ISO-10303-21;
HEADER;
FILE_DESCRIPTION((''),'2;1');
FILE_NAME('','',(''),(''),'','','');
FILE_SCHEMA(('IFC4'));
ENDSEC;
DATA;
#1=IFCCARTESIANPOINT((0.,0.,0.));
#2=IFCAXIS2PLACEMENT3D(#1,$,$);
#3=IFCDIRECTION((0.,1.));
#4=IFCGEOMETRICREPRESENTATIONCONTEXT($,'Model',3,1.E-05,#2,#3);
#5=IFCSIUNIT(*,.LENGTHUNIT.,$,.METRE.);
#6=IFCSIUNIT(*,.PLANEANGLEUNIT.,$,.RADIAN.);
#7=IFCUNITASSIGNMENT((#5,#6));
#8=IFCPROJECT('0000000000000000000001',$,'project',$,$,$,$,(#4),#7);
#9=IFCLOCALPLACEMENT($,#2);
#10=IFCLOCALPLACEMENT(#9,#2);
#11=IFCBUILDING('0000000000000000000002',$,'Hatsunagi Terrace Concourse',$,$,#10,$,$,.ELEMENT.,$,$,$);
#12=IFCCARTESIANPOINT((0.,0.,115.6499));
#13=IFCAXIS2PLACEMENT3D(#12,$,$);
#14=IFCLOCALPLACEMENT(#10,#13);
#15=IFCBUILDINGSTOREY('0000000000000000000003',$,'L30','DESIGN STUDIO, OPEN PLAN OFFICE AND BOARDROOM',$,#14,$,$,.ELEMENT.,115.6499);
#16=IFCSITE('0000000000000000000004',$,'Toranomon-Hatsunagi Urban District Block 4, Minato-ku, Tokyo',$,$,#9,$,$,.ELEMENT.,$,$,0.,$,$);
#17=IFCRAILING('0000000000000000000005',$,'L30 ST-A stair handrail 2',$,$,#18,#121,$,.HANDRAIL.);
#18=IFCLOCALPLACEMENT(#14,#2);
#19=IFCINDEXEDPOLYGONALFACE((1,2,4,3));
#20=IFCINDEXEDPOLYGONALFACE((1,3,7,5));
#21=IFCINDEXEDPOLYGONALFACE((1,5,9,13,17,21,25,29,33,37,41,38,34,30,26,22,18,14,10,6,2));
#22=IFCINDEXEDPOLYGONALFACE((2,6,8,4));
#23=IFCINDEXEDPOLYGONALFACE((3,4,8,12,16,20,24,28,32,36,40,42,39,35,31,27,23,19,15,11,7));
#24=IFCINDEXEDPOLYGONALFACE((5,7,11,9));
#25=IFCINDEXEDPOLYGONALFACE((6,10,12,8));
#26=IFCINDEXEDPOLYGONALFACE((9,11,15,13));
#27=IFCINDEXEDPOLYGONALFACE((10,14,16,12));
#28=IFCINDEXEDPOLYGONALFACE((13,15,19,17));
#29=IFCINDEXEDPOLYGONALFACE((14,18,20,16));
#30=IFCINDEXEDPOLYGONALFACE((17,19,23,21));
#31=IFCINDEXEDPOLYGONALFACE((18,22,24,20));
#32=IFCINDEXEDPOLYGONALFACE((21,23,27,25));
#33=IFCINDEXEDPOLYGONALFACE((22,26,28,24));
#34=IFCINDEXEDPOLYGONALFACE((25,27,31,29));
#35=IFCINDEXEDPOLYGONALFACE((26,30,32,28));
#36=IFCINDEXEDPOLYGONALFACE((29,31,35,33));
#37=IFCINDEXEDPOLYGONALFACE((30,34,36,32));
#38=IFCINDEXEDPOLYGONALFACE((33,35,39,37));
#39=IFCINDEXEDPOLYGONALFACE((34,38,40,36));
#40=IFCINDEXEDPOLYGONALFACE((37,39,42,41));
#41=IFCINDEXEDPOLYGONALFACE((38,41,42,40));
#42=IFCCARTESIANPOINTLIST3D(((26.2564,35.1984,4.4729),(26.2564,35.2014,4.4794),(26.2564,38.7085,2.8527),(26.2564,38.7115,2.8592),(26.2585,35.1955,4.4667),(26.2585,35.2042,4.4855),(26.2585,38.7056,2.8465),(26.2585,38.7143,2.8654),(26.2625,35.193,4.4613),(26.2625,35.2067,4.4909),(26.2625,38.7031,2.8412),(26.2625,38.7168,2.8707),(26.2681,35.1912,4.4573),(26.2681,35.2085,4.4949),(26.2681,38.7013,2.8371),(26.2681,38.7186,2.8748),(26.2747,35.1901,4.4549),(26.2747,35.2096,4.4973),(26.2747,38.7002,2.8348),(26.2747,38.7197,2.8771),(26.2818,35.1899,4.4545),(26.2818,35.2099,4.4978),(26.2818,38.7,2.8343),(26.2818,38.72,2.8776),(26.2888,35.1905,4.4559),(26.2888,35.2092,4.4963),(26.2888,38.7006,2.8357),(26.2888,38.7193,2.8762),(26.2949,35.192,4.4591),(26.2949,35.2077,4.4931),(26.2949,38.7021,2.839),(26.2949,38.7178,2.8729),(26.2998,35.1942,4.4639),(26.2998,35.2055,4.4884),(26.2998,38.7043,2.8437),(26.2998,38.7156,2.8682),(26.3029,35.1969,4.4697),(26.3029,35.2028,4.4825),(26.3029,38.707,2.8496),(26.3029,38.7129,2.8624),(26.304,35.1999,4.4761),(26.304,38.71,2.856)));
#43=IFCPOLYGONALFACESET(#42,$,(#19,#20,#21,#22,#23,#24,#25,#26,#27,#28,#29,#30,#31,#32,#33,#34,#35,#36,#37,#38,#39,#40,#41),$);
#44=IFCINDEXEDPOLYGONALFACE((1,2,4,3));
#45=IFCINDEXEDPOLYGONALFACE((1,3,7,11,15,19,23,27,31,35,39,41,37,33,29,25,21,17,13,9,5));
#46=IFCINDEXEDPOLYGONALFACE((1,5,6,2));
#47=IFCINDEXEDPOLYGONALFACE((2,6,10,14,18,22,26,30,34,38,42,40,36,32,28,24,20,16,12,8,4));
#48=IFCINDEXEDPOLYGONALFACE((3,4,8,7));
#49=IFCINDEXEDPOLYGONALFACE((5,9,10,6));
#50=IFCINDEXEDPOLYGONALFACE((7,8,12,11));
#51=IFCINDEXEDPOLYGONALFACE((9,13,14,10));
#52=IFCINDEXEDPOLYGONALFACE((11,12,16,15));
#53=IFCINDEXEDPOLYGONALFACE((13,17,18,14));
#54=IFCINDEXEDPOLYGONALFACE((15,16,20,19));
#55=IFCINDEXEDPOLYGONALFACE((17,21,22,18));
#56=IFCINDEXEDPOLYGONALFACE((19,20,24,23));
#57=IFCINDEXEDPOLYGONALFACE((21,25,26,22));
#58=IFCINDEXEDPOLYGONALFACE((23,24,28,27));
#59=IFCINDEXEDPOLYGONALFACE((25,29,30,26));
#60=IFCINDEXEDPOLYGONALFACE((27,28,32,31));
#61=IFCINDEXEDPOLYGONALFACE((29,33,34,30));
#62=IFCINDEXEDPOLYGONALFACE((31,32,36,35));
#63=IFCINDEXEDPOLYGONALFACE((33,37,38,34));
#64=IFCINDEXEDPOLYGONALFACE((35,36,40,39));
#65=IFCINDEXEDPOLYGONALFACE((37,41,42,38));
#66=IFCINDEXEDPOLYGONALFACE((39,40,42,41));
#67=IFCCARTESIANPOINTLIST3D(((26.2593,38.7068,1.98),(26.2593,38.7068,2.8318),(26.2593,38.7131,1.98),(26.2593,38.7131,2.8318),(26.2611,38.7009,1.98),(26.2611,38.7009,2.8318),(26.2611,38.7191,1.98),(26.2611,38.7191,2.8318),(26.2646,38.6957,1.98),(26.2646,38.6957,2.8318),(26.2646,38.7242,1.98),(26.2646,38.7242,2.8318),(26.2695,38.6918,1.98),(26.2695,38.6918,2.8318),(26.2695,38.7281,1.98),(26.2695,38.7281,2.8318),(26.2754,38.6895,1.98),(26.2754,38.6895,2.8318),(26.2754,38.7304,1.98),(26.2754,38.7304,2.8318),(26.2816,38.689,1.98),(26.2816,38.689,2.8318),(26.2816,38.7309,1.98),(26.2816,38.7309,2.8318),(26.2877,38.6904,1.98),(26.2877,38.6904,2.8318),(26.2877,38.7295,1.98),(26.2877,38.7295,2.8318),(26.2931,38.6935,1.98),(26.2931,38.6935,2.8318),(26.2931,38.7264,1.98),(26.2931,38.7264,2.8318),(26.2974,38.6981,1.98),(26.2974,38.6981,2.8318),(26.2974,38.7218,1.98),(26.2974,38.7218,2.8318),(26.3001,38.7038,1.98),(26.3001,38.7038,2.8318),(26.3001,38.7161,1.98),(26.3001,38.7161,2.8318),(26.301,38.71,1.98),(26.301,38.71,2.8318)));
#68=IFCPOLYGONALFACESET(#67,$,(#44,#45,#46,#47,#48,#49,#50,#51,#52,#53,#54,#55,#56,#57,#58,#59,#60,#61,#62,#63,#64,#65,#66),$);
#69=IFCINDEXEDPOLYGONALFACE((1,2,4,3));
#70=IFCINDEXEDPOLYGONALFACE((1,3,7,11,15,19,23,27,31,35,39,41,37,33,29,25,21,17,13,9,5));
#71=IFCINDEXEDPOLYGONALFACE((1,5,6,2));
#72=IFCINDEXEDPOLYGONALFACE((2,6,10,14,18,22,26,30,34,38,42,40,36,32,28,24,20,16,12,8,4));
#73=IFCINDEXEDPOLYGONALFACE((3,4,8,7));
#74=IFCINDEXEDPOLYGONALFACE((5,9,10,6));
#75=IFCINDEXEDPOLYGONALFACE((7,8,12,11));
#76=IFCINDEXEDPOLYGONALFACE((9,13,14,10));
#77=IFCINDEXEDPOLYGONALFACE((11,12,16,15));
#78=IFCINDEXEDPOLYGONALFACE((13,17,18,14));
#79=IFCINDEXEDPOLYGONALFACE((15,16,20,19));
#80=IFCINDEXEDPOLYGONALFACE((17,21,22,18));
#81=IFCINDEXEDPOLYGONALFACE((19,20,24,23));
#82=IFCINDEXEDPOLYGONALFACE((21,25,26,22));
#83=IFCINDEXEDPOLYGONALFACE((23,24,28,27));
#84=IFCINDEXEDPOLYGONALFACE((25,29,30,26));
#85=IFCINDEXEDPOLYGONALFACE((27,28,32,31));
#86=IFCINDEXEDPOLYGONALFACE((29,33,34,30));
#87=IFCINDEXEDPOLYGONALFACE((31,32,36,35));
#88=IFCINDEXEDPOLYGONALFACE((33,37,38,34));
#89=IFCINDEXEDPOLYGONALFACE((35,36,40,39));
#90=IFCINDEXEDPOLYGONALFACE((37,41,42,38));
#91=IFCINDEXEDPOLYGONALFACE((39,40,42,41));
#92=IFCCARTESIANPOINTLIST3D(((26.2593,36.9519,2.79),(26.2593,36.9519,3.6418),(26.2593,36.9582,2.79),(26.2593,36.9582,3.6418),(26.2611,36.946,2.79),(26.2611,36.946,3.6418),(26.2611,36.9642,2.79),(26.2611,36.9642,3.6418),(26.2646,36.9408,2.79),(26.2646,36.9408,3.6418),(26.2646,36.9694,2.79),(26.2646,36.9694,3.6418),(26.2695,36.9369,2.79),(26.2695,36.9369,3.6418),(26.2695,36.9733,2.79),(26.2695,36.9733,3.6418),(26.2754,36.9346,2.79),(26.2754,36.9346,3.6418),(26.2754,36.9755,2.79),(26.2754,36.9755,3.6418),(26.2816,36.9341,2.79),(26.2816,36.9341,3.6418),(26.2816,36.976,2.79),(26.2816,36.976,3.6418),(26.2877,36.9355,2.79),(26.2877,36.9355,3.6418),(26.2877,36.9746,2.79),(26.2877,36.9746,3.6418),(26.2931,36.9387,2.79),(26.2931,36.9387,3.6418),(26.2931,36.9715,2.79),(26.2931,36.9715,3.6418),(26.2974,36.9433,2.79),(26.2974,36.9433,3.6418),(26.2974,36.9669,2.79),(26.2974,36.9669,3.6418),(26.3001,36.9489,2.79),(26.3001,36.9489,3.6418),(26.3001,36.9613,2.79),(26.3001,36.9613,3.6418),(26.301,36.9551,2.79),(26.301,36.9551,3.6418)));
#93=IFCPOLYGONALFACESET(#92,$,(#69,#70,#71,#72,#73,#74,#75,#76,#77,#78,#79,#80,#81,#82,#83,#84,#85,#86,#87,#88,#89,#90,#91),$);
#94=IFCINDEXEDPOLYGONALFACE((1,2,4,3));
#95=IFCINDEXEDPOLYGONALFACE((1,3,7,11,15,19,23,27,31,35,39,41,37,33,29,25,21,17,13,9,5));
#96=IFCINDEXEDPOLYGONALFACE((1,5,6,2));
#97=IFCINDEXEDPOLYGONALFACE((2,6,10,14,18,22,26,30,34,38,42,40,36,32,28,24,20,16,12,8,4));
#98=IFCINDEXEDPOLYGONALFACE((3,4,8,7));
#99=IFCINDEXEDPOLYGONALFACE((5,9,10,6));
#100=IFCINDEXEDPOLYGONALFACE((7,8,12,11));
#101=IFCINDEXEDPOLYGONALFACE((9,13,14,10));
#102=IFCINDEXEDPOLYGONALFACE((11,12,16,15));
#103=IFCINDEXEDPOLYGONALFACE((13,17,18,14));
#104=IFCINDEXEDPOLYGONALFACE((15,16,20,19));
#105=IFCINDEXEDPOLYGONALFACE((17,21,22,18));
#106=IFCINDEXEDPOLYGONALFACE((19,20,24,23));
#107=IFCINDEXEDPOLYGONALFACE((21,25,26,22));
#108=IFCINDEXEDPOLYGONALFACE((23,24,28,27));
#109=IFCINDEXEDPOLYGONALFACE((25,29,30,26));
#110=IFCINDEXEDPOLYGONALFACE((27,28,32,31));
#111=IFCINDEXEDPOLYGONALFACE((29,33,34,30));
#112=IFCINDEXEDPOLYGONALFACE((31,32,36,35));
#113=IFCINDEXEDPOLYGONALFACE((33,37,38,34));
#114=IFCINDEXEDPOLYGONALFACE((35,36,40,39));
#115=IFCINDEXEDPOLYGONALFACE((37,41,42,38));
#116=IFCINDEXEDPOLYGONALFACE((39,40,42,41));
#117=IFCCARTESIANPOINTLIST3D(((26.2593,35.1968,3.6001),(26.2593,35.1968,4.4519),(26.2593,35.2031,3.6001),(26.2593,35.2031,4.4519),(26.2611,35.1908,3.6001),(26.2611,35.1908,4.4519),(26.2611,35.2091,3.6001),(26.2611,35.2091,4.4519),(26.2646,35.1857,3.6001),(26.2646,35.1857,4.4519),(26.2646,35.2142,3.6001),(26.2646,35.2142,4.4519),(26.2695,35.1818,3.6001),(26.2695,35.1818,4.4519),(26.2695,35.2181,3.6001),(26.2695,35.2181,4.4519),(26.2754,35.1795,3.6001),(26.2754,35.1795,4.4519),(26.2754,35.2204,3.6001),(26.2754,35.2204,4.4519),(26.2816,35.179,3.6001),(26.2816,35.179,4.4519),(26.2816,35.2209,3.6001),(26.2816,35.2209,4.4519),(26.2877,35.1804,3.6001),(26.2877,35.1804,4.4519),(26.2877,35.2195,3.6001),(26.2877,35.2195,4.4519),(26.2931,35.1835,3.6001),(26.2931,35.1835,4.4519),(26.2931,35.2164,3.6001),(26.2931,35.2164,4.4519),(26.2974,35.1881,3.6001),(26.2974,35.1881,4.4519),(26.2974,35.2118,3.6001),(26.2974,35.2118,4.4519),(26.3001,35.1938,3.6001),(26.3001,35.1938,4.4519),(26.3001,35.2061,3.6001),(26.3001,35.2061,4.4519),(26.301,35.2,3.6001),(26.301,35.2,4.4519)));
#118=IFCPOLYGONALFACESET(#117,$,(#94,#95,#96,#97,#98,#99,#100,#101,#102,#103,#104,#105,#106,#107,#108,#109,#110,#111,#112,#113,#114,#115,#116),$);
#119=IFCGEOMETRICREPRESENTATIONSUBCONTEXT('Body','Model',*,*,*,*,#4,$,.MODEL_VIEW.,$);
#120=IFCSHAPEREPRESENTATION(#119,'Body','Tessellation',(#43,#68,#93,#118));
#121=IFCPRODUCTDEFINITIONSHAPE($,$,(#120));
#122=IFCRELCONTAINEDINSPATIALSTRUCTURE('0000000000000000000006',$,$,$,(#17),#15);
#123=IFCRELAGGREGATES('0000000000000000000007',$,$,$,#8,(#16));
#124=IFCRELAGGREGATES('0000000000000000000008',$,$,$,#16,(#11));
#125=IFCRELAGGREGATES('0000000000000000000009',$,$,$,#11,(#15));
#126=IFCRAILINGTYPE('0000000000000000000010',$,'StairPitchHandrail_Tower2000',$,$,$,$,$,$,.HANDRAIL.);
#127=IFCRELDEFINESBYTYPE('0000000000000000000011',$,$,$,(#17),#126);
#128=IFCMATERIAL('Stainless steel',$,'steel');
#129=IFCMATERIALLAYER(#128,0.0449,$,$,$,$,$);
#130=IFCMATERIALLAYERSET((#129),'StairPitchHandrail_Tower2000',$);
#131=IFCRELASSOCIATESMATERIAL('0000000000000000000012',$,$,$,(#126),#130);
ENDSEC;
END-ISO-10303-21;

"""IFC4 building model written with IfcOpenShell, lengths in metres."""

from ifc_helpers import new_model, si_unit, direction, frame, origin, origin_2d, place, context, subcontext, project, spatial, circle, extrude, material, layer, layer_set, type_object, element, save


model = new_model("IFC4")

# Units and contexts
model_context = context("Model", 3, precision=1e-05, world=origin(), true_north=direction((0.0, 1.0)))
body_context = subcontext(model_context, "Body", "Model", "MODEL_VIEW")
ifc_project = project(units=[si_unit("LENGTHUNIT", "METRE"), si_unit("PLANEANGLEUNIT", "RADIAN")], contexts=[model_context])

# Site, building, storey
site_placement = place(None, origin())
site = spatial("IfcSite", under=ifc_project, at=site_placement, Name="Toranomon-Hatsunagi Urban District Block 4, Minato-ku, Tokyo", CompositionType="ELEMENT", RefElevation=0.0)
building_placement = place(site_placement, origin())
building = spatial("IfcBuilding", under=site, at=building_placement, Name="Hatsunagi Terrace Concourse", CompositionType="ELEMENT")
storey_placement = place(building_placement, frame((0.0, 0.0, 115.6499)))
storey = spatial("IfcBuildingStorey", under=building, at=storey_placement, Name="L30", Description="DESIGN STUDIO, OPEN PLAN OFFICE AND BOARDROOM", CompositionType="ELEMENT", Elevation=115.6499)

# Railing
ifc_material_1 = material(Name="Stainless steel", Category="steel")
ifc_layer_1 = layer(ifc_material_1, 0.0449)
ifc_layer_set_1 = layer_set([ifc_layer_1], Name="StairPitchHandrail_Tower2000")
railing_type_1 = type_object("IfcRailingType", Name="StairPitchHandrail_Tower2000", PredefinedType="HANDRAIL", material=ifc_layer_set_1)
railing_1_placement = place(storey_placement, frame((26.28, 38.71, 1.98)))
element("IfcRailing", 1, at=railing_1_placement, inside=storey, type_object=railing_type_1, Name="L30 ST-A stair handrail 2", PredefinedType="HANDRAIL", context=body_context, shape_type="SweptSolid", body=[
    extrude(circle(Radius=0.0239, at=origin_2d()), frame((0.0, 0.0, 0.876), z_axis=(0.0, -0.907948, 0.419082), x_axis=(1.0, 0.0, 0.0)), (0.0, 0.0, 1.0), 3.866),
    extrude(circle(Radius=0.021, at=origin_2d()), origin(), (0.0, 0.0, 1.0), 0.8518),
    extrude(circle(Radius=0.021, at=origin_2d()), frame((0.0, -1.7549, 0.8101)), (0.0, 0.0, 1.0), 0.8518),
    extrude(circle(Radius=0.021, at=origin_2d()), frame((0.0, -3.51, 1.6201)), (0.0, 0.0, 1.0), 0.8518),
])

save(model, "model.ifc")
